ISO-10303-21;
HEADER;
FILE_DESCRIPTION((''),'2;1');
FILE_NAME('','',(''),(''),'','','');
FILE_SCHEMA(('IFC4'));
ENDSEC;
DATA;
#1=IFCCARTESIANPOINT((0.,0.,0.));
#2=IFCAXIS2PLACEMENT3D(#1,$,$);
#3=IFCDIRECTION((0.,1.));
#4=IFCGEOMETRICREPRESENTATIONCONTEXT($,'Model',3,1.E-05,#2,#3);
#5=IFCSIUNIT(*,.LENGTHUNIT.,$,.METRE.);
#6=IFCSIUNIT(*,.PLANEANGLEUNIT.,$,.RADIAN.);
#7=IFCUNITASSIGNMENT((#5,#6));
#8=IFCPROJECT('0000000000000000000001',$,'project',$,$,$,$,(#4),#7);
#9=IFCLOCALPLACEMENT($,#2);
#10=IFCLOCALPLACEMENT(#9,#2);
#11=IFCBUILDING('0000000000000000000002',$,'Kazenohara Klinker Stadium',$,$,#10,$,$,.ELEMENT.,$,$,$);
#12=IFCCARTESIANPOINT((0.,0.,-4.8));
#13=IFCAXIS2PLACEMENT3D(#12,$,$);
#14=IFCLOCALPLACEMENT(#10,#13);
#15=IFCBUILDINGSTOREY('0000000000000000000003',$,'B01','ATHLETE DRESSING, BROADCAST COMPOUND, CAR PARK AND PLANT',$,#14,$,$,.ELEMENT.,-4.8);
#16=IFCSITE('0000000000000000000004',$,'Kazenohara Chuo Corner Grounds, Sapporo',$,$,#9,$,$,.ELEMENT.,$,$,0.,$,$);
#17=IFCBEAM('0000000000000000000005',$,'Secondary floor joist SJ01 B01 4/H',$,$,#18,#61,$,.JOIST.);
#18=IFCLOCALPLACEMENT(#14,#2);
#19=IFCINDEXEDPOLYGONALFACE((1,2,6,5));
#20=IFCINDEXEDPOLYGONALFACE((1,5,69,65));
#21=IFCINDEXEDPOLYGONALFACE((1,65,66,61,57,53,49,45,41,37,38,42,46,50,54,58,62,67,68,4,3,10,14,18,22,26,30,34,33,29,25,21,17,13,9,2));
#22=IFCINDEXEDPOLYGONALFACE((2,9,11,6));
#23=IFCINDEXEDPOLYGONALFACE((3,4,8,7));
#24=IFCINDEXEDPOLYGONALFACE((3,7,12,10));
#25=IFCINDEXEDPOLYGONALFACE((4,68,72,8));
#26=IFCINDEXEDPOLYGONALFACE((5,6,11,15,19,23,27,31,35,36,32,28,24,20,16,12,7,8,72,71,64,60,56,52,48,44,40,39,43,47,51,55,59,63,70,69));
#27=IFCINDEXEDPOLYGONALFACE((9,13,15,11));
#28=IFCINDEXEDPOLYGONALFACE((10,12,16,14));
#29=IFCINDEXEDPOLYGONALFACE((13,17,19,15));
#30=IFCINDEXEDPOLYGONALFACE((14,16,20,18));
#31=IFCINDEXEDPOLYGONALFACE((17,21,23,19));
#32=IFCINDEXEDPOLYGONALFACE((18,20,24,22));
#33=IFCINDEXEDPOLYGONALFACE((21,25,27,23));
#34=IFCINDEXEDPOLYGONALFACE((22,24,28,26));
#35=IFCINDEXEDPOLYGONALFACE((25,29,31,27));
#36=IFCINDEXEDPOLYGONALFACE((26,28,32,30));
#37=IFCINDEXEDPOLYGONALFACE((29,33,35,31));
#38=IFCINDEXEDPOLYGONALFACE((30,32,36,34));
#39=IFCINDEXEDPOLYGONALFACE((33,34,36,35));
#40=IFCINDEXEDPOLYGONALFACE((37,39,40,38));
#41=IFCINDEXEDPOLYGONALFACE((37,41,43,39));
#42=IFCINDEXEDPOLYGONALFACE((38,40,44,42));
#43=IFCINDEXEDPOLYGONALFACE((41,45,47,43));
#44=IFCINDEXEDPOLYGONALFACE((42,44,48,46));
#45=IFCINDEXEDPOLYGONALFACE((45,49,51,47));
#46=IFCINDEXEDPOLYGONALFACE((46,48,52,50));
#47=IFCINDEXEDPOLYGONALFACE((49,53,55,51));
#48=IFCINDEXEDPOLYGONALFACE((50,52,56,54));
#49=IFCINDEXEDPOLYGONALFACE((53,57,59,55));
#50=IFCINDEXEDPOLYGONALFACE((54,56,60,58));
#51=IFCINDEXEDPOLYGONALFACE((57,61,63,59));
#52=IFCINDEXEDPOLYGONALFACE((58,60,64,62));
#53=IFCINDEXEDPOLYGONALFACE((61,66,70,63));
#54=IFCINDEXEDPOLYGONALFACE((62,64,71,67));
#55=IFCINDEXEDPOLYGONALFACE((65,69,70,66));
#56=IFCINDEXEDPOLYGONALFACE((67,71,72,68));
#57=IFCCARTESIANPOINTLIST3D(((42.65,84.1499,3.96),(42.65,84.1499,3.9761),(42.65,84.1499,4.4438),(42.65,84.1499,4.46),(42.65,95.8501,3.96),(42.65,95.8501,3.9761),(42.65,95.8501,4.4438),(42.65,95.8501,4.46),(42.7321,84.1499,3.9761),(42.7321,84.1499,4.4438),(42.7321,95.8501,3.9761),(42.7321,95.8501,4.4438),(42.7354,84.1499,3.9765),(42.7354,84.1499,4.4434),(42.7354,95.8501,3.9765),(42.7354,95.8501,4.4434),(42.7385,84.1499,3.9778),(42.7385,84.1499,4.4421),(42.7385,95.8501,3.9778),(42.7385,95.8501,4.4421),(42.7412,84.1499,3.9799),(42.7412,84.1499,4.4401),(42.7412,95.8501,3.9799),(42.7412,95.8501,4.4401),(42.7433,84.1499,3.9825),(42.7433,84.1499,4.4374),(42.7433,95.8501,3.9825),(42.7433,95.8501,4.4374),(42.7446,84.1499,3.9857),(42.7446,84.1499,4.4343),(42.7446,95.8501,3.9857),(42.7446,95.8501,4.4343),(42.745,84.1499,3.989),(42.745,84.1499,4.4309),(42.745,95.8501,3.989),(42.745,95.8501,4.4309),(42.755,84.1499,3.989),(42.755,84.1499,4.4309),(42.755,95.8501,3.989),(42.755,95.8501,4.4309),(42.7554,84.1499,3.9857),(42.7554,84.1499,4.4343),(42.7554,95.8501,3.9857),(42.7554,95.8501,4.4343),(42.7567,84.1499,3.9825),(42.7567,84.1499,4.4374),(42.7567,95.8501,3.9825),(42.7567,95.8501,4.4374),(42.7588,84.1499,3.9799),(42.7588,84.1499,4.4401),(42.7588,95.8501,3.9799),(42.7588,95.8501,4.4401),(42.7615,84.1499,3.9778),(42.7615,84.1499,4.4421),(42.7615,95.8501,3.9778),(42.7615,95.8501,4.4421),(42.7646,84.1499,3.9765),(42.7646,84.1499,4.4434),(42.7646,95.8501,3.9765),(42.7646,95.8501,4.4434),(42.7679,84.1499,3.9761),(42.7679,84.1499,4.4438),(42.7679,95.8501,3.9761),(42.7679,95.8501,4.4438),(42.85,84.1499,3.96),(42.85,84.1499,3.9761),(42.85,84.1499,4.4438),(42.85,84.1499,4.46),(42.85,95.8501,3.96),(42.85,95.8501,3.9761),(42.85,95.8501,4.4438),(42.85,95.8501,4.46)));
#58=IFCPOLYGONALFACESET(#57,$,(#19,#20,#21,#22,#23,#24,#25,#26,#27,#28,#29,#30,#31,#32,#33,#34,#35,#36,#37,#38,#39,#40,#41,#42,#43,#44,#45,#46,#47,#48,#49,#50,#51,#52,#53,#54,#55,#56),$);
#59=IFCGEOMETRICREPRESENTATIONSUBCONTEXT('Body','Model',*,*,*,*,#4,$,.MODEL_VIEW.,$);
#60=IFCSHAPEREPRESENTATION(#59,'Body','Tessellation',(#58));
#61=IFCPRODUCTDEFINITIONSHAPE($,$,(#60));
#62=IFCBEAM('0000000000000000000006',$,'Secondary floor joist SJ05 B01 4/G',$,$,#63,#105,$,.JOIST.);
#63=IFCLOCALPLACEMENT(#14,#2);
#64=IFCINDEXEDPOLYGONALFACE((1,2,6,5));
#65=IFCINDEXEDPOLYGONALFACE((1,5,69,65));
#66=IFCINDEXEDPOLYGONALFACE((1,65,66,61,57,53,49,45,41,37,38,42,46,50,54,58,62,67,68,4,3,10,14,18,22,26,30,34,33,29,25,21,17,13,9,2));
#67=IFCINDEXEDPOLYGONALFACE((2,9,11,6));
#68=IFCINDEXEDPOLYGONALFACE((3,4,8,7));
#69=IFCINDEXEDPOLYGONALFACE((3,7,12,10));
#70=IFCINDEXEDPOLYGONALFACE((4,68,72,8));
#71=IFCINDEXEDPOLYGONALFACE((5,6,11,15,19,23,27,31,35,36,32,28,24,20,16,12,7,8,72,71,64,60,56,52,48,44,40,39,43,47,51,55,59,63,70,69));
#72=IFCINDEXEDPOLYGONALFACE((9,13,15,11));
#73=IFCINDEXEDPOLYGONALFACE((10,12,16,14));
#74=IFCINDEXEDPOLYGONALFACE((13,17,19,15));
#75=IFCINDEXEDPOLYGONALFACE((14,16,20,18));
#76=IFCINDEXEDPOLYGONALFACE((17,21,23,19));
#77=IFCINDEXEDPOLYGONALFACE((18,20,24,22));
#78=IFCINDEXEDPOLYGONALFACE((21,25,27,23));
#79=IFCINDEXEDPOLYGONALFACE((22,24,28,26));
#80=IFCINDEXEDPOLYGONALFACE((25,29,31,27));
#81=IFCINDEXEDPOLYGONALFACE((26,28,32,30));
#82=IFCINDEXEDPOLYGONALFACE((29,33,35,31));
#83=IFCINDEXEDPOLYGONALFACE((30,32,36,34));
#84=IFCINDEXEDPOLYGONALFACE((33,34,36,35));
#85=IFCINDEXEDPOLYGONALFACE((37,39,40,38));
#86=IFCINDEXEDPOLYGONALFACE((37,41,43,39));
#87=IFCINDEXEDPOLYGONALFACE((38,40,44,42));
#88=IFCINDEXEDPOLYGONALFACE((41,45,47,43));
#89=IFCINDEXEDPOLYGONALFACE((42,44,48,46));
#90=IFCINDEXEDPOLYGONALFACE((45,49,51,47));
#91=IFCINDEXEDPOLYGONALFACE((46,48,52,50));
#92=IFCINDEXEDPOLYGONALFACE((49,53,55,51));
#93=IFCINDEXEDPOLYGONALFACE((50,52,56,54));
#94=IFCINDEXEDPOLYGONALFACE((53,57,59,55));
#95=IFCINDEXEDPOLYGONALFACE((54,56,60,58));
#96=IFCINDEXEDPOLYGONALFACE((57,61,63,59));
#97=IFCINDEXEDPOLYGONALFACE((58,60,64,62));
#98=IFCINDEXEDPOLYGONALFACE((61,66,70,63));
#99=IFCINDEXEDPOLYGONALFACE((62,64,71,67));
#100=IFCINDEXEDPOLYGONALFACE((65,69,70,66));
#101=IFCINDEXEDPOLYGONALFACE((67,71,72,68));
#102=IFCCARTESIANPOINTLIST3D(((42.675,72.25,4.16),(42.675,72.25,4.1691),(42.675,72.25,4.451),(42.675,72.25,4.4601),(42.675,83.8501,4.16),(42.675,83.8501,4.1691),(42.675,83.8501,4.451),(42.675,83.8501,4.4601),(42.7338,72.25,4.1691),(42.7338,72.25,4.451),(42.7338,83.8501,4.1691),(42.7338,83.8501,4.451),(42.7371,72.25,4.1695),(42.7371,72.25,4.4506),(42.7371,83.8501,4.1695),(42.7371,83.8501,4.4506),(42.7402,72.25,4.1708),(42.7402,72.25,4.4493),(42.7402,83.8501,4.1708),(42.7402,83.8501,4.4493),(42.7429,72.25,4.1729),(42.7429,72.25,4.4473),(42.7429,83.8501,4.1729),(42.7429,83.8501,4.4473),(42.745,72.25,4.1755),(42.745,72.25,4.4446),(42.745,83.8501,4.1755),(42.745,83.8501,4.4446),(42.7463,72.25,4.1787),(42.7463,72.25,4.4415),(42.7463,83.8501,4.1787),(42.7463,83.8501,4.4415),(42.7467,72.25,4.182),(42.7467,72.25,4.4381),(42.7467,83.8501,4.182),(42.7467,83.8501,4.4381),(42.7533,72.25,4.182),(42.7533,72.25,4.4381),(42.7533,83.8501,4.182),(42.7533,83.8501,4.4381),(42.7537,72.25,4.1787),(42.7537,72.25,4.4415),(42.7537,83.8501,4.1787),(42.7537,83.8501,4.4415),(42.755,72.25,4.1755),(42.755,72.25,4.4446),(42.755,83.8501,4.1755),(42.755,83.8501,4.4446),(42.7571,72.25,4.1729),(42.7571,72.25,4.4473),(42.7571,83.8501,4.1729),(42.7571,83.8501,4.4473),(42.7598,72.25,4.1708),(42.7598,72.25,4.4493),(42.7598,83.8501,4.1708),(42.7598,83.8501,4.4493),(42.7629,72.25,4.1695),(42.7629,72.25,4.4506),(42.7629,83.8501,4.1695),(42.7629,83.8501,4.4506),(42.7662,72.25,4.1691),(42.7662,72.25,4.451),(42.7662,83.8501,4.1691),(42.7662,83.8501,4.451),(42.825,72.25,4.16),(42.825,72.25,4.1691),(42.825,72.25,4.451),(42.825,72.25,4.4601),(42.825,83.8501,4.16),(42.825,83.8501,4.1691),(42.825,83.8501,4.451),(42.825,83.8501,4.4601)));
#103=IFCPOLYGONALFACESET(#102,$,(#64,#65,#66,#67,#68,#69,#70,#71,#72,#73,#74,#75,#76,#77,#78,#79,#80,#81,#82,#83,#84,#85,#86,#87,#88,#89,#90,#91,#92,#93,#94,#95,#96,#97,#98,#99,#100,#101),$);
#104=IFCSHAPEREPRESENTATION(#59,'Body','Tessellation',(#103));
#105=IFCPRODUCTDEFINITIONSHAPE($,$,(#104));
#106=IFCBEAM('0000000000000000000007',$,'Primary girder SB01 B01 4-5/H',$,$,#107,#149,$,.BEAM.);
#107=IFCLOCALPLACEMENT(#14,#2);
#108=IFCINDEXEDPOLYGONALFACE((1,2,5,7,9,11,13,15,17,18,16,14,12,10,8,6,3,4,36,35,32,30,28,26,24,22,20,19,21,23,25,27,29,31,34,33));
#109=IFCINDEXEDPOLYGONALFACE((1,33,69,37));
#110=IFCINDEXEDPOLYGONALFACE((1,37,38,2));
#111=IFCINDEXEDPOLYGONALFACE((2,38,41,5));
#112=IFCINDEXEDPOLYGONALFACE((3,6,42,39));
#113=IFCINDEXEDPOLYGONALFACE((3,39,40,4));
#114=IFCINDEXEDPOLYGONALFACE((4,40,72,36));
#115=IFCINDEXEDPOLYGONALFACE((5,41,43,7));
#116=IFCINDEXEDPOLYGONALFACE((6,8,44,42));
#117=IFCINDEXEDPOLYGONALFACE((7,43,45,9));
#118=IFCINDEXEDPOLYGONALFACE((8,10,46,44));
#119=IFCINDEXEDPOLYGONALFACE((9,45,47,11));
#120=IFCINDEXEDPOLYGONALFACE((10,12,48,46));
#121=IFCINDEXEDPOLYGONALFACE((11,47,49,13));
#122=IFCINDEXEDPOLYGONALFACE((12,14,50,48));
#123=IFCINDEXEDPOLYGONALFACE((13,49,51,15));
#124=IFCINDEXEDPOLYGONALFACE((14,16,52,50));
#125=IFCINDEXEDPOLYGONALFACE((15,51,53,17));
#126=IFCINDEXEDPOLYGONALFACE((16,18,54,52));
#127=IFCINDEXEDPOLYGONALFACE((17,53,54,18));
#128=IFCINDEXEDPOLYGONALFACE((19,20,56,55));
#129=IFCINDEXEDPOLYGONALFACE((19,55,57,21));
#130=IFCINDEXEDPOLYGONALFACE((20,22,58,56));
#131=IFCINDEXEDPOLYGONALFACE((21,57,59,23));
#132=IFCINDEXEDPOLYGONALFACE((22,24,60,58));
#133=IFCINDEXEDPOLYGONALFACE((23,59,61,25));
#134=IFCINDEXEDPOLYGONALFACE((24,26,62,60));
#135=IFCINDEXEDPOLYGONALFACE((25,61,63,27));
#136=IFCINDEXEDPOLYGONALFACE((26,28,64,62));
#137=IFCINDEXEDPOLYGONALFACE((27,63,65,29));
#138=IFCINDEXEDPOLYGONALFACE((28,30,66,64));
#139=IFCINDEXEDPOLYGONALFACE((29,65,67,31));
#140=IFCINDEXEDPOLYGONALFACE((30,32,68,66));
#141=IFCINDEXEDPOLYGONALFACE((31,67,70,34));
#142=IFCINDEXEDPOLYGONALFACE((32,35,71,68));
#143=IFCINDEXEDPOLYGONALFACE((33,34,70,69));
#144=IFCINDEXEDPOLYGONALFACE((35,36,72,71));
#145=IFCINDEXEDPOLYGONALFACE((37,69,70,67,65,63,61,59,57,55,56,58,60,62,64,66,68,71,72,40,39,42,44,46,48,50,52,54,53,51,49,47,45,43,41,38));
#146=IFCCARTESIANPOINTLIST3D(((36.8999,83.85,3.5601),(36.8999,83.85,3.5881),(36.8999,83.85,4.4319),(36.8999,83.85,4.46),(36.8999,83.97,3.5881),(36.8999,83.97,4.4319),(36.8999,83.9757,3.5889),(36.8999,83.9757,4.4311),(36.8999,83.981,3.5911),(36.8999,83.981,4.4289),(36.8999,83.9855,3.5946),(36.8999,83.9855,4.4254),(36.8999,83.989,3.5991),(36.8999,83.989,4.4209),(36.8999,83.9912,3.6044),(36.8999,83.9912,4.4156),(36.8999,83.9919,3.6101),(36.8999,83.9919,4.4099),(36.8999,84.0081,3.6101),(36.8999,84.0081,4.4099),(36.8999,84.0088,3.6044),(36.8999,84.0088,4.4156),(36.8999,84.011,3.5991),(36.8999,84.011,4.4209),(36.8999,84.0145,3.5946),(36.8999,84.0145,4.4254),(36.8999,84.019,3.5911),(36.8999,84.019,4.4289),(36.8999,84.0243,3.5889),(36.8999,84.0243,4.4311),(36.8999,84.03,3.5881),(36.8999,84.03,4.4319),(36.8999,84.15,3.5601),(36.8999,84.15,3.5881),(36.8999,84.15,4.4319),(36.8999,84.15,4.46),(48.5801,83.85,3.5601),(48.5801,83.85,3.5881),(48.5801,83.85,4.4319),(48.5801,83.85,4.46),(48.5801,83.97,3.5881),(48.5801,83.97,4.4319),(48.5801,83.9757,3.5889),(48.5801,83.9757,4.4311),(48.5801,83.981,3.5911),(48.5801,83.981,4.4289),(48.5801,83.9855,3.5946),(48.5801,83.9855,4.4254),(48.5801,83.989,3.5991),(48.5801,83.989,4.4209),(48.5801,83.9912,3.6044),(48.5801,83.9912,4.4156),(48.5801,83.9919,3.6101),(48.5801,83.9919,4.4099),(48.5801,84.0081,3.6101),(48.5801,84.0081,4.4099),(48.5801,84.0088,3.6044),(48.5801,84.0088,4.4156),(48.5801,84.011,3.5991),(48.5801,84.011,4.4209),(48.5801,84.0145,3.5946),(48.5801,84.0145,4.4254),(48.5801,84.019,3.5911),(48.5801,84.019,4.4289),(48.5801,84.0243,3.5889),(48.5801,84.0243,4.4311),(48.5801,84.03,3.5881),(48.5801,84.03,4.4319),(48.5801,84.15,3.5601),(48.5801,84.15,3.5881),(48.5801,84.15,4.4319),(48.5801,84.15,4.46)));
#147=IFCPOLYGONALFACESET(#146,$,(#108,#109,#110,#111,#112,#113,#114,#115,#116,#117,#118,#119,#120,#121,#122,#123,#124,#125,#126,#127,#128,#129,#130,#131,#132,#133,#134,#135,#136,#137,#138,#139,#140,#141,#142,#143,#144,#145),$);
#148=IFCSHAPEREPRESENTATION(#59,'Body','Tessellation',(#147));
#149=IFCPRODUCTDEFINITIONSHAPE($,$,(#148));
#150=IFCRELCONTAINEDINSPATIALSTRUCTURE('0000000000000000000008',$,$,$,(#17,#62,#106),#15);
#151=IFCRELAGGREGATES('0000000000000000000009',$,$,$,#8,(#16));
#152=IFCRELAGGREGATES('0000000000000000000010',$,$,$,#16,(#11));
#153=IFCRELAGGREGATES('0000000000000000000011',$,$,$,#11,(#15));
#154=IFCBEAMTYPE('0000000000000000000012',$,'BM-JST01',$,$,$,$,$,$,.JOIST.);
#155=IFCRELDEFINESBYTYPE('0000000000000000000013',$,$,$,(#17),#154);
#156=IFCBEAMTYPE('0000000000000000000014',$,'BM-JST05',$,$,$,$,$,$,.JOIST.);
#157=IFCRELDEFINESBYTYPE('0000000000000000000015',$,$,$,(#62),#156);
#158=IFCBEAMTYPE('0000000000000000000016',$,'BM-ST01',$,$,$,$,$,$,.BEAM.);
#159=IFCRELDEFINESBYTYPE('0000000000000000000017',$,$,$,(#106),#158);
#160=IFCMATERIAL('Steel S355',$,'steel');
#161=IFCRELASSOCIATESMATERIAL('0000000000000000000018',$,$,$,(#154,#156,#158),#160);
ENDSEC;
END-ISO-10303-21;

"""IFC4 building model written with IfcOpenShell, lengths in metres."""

from ifc_helpers import new_model, si_unit, direction, frame, origin, origin_2d, place, context, subcontext, project, spatial, i_section, extrude, material, material_profile, profile_set, type_object, element, save


model = new_model("IFC4")

# Units and contexts
model_context = context("Model", 3, precision=1e-05, world=origin(), true_north=direction((0.0, 1.0)))
body_context = subcontext(model_context, "Body", "Model", "MODEL_VIEW")
ifc_project = project(units=[si_unit("LENGTHUNIT", "METRE"), si_unit("PLANEANGLEUNIT", "RADIAN")], contexts=[model_context])

# Site, building, storey
site_placement = place(None, origin())
site = spatial("IfcSite", under=ifc_project, at=site_placement, Name="Kazenohara Chuo Corner Grounds, Sapporo", CompositionType="ELEMENT", RefElevation=0.0)
building_placement = place(site_placement, origin())
building = spatial("IfcBuilding", under=site, at=building_placement, Name="Kazenohara Klinker Stadium", CompositionType="ELEMENT")
storey_placement = place(building_placement, frame((0.0, 0.0, -4.8)))
storey = spatial("IfcBuildingStorey", under=building, at=storey_placement, Name="B01", Description="ATHLETE DRESSING, BROADCAST COMPOUND, CAR PARK AND PLANT", CompositionType="ELEMENT", Elevation=-4.8)

# Beams
ifc_material_1 = material(Name="Steel S355", Category="steel")
ifc_material_profile_1 = material_profile(ifc_material_1, i_section(OverallWidth=0.2, OverallDepth=0.5, WebThickness=0.01, FlangeThickness=0.0161, FilletRadius=0.0129, at=origin_2d()), Name="H-500x200x10x16")
ifc_profile_set_1 = profile_set([ifc_material_profile_1], Name="Steel S355")
beam_type_1 = type_object("IfcBeamType", Name="BM-JST01", PredefinedType="JOIST", material=ifc_profile_set_1)
beam_1_placement = place(storey_placement, frame((42.75, 84.1499, 4.21), z_axis=(0.0, 1.0, 0.0), x_axis=(-1.0, 0.0, 0.0)))
element("IfcBeam", 1, at=beam_1_placement, inside=storey, type_object=beam_type_1, Name="Secondary floor joist SJ01 B01 4/H", PredefinedType="JOIST", context=body_context, shape_type="SweptSolid", body=[
    extrude(i_section(OverallWidth=0.2, OverallDepth=0.5, WebThickness=0.01, FlangeThickness=0.0161, FilletRadius=0.0129, at=origin_2d()), origin(), (0.0, 0.0, 1.0), 11.7002),
])
ifc_material_profile_2 = material_profile(ifc_material_1, i_section(OverallWidth=0.1499, OverallDepth=0.3, WebThickness=0.0066, FlangeThickness=0.009, FilletRadius=0.0129, at=origin_2d()), Name="H-300x150x6.5x9")
ifc_profile_set_2 = profile_set([ifc_material_profile_2], Name="Steel S355")
beam_type_2 = type_object("IfcBeamType", Name="BM-JST05", PredefinedType="JOIST", material=ifc_profile_set_2)
beam_2_placement = place(storey_placement, frame((42.75, 72.25, 4.3101), z_axis=(0.0, 1.0, 0.0), x_axis=(-1.0, 0.0, 0.0)))
element("IfcBeam", 2, at=beam_2_placement, inside=storey, type_object=beam_type_2, Name="Secondary floor joist SJ05 B01 4/G", PredefinedType="JOIST", context=body_context, shape_type="SweptSolid", body=[
    extrude(i_section(OverallWidth=0.1499, OverallDepth=0.3, WebThickness=0.0066, FlangeThickness=0.009, FilletRadius=0.0129, at=origin_2d()), origin(), (0.0, 0.0, 1.0), 11.6001),
])
ifc_material_profile_3 = material_profile(ifc_material_1, i_section(OverallWidth=0.3, OverallDepth=0.8999, WebThickness=0.0161, FlangeThickness=0.0281, FilletRadius=0.022, at=origin_2d()), Name="H-900x300x16x28")
ifc_profile_set_3 = profile_set([ifc_material_profile_3], Name="Steel S355")
beam_type_3 = type_object("IfcBeamType", Name="BM-ST01", PredefinedType="BEAM", material=ifc_profile_set_3)
beam_3_placement = place(storey_placement, frame((36.8999, 84.0, 4.01), z_axis=(1.0, 0.0, 0.0), x_axis=(0.0, 1.0, 0.0)))
element("IfcBeam", 3, at=beam_3_placement, inside=storey, type_object=beam_type_3, Name="Primary girder SB01 B01 4-5/H", PredefinedType="BEAM", context=body_context, shape_type="SweptSolid", body=[
    extrude(i_section(OverallWidth=0.3, OverallDepth=0.8999, WebThickness=0.0161, FlangeThickness=0.0281, FilletRadius=0.022, at=origin_2d()), origin(), (0.0, 0.0, 1.0), 11.6802),
])

save(model, "model.ifc")
